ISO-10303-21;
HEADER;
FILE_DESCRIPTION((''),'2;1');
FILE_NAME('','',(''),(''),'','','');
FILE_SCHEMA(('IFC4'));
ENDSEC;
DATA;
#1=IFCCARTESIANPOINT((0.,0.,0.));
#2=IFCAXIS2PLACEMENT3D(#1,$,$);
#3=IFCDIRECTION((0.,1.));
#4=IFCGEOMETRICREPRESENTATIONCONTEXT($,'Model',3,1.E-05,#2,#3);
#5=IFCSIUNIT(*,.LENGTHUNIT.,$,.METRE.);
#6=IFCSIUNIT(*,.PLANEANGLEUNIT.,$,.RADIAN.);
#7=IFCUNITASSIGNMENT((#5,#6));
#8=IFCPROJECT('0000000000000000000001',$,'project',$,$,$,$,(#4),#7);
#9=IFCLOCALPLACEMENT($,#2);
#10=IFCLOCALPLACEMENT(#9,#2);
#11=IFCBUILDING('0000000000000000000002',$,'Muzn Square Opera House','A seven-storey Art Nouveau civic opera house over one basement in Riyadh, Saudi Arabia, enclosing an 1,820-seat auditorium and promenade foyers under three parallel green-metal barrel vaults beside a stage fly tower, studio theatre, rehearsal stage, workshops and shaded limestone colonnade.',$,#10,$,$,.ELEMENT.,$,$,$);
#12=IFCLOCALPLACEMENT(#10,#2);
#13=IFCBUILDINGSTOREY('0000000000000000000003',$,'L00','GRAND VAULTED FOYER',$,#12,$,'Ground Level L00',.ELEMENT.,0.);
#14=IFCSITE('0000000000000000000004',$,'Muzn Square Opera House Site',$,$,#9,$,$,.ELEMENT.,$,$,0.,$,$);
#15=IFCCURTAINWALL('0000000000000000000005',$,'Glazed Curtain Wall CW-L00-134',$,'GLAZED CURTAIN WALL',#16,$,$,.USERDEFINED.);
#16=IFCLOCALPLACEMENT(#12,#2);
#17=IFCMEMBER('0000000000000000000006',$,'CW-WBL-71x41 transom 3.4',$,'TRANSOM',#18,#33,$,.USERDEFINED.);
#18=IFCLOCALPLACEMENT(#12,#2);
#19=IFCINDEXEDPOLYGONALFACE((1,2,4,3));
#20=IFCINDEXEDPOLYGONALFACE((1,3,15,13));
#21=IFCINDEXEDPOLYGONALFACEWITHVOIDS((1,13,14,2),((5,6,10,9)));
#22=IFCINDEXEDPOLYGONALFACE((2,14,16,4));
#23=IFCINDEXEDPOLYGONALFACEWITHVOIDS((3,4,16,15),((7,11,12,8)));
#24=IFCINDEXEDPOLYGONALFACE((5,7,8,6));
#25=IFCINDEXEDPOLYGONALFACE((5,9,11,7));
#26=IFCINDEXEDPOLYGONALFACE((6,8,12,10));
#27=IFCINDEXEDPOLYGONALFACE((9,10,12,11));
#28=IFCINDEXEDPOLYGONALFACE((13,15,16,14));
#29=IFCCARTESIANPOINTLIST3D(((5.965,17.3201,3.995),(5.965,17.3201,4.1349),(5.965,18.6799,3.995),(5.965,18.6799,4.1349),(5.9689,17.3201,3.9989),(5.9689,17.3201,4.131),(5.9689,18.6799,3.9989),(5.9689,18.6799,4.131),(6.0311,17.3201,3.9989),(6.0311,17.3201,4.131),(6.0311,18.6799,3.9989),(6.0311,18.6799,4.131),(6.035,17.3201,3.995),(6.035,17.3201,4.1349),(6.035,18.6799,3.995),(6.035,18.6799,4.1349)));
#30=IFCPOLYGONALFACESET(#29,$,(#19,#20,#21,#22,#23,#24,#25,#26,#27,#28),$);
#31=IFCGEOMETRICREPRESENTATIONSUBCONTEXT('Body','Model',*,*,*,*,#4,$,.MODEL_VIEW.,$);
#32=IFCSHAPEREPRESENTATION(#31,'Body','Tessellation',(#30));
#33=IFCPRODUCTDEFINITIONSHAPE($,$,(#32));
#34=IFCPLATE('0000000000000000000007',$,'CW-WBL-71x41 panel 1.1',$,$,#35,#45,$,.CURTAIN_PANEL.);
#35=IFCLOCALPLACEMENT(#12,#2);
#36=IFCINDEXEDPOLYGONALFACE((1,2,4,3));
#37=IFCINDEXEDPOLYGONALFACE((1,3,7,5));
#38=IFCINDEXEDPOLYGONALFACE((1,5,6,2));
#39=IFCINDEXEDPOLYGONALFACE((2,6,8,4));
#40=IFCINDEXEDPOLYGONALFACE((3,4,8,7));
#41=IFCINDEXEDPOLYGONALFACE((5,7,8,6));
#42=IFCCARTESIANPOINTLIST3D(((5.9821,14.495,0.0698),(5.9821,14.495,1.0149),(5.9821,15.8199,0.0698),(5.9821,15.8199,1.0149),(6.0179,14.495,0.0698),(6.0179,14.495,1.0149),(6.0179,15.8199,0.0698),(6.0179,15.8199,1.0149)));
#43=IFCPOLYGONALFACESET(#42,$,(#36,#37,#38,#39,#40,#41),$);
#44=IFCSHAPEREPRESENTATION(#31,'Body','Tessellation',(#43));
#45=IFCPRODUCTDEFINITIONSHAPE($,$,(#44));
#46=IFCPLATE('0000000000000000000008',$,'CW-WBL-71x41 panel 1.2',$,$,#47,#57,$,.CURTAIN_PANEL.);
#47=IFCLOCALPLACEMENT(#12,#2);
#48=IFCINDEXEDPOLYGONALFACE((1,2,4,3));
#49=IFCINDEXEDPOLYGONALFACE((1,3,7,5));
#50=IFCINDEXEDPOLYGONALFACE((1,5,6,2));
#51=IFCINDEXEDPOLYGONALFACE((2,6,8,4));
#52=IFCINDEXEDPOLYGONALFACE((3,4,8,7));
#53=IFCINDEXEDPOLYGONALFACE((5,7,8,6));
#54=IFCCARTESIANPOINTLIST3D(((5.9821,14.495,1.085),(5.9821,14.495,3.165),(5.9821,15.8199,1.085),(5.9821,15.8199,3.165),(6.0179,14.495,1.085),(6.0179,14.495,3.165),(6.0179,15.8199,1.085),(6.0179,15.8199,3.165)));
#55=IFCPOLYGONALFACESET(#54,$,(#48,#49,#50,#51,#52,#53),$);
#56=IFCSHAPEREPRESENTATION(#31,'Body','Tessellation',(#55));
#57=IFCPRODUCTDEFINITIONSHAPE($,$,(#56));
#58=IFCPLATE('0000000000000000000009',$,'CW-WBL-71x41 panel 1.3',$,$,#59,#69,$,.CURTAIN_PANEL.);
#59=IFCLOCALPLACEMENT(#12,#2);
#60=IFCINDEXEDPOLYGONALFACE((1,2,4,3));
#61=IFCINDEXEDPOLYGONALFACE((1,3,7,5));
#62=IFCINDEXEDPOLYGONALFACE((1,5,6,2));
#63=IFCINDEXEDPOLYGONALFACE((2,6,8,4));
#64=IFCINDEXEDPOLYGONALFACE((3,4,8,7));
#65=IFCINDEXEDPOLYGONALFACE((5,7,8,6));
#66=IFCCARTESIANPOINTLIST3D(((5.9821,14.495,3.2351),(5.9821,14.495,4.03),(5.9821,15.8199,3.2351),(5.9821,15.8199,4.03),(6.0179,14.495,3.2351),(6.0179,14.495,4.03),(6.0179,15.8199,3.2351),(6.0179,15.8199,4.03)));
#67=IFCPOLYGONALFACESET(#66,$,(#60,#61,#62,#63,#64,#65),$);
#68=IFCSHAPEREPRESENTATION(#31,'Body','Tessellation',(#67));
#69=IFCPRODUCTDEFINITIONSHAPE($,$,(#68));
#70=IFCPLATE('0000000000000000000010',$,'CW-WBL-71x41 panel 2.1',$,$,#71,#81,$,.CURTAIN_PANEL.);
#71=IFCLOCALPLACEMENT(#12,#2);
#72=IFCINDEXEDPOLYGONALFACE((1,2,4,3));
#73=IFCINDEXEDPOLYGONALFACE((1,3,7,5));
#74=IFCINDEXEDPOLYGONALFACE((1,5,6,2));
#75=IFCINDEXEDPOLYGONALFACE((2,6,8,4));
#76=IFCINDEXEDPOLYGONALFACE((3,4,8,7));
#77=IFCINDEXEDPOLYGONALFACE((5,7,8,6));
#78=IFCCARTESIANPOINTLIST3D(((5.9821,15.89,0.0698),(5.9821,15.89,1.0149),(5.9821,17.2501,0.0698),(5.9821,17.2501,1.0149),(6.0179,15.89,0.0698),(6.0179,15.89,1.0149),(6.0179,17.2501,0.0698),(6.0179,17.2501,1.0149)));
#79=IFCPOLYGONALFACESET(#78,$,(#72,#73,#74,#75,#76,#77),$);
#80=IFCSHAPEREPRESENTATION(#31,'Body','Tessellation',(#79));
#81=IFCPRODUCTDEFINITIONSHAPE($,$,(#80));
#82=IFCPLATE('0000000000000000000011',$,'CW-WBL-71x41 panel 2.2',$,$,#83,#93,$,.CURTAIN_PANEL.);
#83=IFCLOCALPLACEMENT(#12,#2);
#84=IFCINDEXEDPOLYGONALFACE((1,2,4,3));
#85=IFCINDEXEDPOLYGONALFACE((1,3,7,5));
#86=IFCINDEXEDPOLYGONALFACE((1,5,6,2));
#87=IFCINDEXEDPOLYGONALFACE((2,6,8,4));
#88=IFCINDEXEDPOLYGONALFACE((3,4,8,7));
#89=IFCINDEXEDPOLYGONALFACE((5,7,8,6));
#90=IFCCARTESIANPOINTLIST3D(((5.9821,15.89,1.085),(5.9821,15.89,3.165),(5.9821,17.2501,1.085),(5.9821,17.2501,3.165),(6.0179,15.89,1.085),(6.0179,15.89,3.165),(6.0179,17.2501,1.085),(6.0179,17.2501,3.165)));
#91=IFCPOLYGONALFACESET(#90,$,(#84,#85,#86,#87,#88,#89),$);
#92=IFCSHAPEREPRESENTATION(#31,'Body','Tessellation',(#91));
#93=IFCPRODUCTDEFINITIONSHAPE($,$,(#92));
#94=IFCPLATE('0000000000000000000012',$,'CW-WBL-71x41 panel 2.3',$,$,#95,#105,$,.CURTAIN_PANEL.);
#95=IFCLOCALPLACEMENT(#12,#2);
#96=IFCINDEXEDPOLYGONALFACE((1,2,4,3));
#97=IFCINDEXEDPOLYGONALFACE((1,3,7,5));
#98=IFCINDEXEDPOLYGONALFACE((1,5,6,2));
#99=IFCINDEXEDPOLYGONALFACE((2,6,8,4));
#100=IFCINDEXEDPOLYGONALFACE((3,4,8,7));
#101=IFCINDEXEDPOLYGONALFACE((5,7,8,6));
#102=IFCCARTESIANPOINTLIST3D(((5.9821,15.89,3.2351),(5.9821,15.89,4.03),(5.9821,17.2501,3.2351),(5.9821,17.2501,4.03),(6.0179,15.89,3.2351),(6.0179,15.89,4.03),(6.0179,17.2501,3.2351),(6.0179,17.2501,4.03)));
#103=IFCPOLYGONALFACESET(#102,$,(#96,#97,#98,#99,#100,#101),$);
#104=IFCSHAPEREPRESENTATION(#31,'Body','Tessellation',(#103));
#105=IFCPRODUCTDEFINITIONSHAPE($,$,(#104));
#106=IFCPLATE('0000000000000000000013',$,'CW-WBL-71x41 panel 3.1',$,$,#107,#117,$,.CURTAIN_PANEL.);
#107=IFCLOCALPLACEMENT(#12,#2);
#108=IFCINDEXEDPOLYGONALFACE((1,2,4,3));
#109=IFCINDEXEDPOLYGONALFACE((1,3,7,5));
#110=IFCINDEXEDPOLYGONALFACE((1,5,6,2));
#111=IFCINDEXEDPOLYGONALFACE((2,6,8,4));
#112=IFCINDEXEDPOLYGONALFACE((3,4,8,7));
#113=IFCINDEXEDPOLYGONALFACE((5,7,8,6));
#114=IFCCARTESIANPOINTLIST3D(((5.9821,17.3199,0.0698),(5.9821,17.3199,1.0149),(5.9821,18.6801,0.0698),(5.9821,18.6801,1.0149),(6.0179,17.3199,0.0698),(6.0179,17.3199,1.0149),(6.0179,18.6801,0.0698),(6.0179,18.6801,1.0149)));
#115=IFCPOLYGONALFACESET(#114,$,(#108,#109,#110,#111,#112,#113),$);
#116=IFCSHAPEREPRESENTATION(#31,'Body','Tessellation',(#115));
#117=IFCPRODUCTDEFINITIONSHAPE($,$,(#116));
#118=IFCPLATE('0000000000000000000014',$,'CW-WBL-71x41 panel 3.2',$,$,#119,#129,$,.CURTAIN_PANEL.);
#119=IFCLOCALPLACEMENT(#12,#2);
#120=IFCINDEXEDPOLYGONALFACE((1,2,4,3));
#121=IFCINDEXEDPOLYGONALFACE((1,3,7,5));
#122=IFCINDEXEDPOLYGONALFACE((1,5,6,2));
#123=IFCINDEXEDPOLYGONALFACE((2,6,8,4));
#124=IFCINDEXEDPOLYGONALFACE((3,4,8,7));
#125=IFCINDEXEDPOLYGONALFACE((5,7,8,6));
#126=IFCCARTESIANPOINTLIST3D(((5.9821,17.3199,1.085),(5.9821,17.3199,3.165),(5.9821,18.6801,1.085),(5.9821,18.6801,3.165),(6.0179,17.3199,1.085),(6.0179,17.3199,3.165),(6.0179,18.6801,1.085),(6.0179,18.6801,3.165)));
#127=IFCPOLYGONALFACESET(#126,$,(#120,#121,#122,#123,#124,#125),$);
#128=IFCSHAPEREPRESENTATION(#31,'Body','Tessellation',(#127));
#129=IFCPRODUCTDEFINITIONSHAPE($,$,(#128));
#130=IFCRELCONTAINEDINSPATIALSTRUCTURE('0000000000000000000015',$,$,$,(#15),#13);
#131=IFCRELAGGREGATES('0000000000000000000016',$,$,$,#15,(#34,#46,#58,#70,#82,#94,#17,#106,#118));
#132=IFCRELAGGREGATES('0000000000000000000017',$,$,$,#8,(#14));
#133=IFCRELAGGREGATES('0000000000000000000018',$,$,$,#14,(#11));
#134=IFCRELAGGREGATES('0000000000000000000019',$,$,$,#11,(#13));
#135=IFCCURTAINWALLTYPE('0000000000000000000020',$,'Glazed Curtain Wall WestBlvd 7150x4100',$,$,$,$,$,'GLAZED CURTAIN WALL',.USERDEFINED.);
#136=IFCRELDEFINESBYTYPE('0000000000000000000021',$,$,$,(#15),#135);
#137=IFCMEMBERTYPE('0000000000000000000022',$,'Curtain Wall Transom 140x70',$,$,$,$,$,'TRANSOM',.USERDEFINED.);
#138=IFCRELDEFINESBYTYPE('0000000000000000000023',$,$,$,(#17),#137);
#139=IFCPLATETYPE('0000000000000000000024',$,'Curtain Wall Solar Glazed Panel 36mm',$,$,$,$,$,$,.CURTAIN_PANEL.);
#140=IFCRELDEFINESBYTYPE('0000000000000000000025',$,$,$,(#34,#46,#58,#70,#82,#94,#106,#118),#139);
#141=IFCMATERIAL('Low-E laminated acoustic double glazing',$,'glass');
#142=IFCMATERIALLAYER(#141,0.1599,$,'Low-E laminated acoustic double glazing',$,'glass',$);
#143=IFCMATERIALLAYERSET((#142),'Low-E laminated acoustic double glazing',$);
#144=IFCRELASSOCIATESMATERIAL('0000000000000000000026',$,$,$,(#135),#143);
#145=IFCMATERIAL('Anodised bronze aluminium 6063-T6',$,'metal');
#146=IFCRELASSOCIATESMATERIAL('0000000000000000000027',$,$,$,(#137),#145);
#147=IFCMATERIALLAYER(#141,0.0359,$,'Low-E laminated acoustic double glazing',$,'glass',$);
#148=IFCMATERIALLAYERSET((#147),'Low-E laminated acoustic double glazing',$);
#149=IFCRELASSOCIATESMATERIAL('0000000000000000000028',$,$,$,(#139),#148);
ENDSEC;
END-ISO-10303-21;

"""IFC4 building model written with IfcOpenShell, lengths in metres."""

from ifc_helpers import new_model, si_unit, direction, frame, origin, origin_2d, place, context, subcontext, project, spatial, rectangle, hollow_rectangle, extrude, material, layer, layer_set, material_profile, profile_set, type_object, element, aggregate, save


model = new_model("IFC4")

# Units and contexts
model_context = context("Model", 3, precision=1e-05, world=origin(), true_north=direction((0.0, 1.0)))
body_context = subcontext(model_context, "Body", "Model", "MODEL_VIEW")
ifc_project = project(units=[si_unit("LENGTHUNIT", "METRE"), si_unit("PLANEANGLEUNIT", "RADIAN")], contexts=[model_context])

# Site, building, storey
site_placement = place(None, origin())
site = spatial("IfcSite", under=ifc_project, at=site_placement, Name="Muzn Square Opera House Site", CompositionType="ELEMENT", RefElevation=0.0)
building_placement = place(site_placement, origin())
building = spatial("IfcBuilding", under=site, at=building_placement, Name="Muzn Square Opera House", Description="A seven-storey Art Nouveau civic opera house over one basement in Riyadh, Saudi Arabia, enclosing an 1,820-seat auditorium and promenade foyers under three parallel green-metal barrel vaults beside a stage fly tower, studio theatre, rehearsal stage, workshops and shaded limestone colonnade.", CompositionType="ELEMENT")
storey_placement = place(building_placement, origin())
storey = spatial("IfcBuildingStorey", under=building, at=storey_placement, Name="L00", Description="GRAND VAULTED FOYER", LongName="Ground Level L00", CompositionType="ELEMENT", Elevation=0.0)

# Curtain wall, member, plates
ifc_material_1 = material(Name="Low-E laminated acoustic double glazing", Category="glass")
ifc_layer_1 = layer(ifc_material_1, 0.1599, Name="Low-E laminated acoustic double glazing", Category="glass")
ifc_layer_set_1 = layer_set([ifc_layer_1], Name="Low-E laminated acoustic double glazing")
curtain_wall_type = type_object("IfcCurtainWallType", Name="Glazed Curtain Wall WestBlvd 7150x4100", ElementType="GLAZED CURTAIN WALL", PredefinedType="USERDEFINED", material=ifc_layer_set_1)
curtain_wall_placement = place(storey_placement, origin())
curtain_wall = element("IfcCurtainWall", 1, at=curtain_wall_placement, inside=storey, type_object=curtain_wall_type, Name="Glazed Curtain Wall CW-L00-134", ObjectType="GLAZED CURTAIN WALL", PredefinedType="USERDEFINED")
ifc_material_2 = material(Name="Anodised bronze aluminium 6063-T6", Category="metal")
ifc_material_profile_1 = material_profile(ifc_material_2, hollow_rectangle(XDim=0.0701, YDim=0.1399, WallThickness=0.0039, at=origin_2d()), Name="ALU 140x70x4", Category="metal")
ifc_profile_set_1 = profile_set([ifc_material_profile_1], Name="Anodised bronze aluminium 6063-T6")
member_type_1 = type_object("IfcMemberType", Name="Curtain Wall Transom 140x70", ElementType="TRANSOM", PredefinedType="USERDEFINED", material=ifc_profile_set_1)
member_1_placement = place(storey_placement, frame((6.0, 17.3201, 4.0649), z_axis=(0.0, 1.0, 0.0), x_axis=(-1.0, 0.0, 0.0)))
member_1 = element("IfcMember", 2, at=member_1_placement, type_object=member_type_1, Name="CW-WBL-71x41 transom 3.4", ObjectType="TRANSOM", PredefinedType="USERDEFINED", context=body_context, shape_type="SweptSolid", body=[
    extrude(hollow_rectangle(XDim=0.0701, YDim=0.1399, WallThickness=0.0039, at=origin_2d()), origin(), (0.0, 0.0, 1.0), 1.3599),
])
ifc_layer_2 = layer(ifc_material_1, 0.0359, Name="Low-E laminated acoustic double glazing", Category="glass")
ifc_layer_set_2 = layer_set([ifc_layer_2], Name="Low-E laminated acoustic double glazing")
plate_type = type_object("IfcPlateType", Name="Curtain Wall Solar Glazed Panel 36mm", PredefinedType="CURTAIN_PANEL", material=ifc_layer_set_2)
plate_1_placement = place(storey_placement, frame((6.0, 15.1575, 0.0698), z_axis=(0.0, 0.0, 1.0), x_axis=(0.0, 1.0, 0.0)))
plate_1 = element("IfcPlate", 3, at=plate_1_placement, type_object=plate_type, Name="CW-WBL-71x41 panel 1.1", PredefinedType="CURTAIN_PANEL", context=body_context, shape_type="SweptSolid", body=[
    extrude(rectangle(XDim=1.325, YDim=0.0359, at=origin_2d()), origin(), (0.0, 0.0, 1.0), 0.9451),
])
plate_2_placement = place(storey_placement, frame((6.0, 15.1575, 1.085), z_axis=(0.0, 0.0, 1.0), x_axis=(0.0, 1.0, 0.0)))
plate_2 = element("IfcPlate", 4, at=plate_2_placement, type_object=plate_type, Name="CW-WBL-71x41 panel 1.2", PredefinedType="CURTAIN_PANEL", context=body_context, shape_type="SweptSolid", body=[
    extrude(rectangle(XDim=1.325, YDim=0.0359, at=origin_2d()), origin(), (0.0, 0.0, 1.0), 2.0801),
])
plate_3_placement = place(storey_placement, frame((6.0, 15.1575, 3.2351), z_axis=(0.0, 0.0, 1.0), x_axis=(0.0, 1.0, 0.0)))
plate_3 = element("IfcPlate", 5, at=plate_3_placement, type_object=plate_type, Name="CW-WBL-71x41 panel 1.3", PredefinedType="CURTAIN_PANEL", context=body_context, shape_type="SweptSolid", body=[
    extrude(rectangle(XDim=1.325, YDim=0.0359, at=origin_2d()), origin(), (0.0, 0.0, 1.0), 0.7949),
])
plate_4_placement = place(storey_placement, frame((6.0, 16.5701, 0.0698), z_axis=(0.0, 0.0, 1.0), x_axis=(0.0, 1.0, 0.0)))
plate_4 = element("IfcPlate", 6, at=plate_4_placement, type_object=plate_type, Name="CW-WBL-71x41 panel 2.1", PredefinedType="CURTAIN_PANEL", context=body_context, shape_type="SweptSolid", body=[
    extrude(rectangle(XDim=1.3601, YDim=0.0359, at=origin_2d()), origin(), (0.0, 0.0, 1.0), 0.9451),
])
plate_5_placement = place(storey_placement, frame((6.0, 16.5701, 1.085), z_axis=(0.0, 0.0, 1.0), x_axis=(0.0, 1.0, 0.0)))
plate_5 = element("IfcPlate", 7, at=plate_5_placement, type_object=plate_type, Name="CW-WBL-71x41 panel 2.2", PredefinedType="CURTAIN_PANEL", context=body_context, shape_type="SweptSolid", body=[
    extrude(rectangle(XDim=1.3601, YDim=0.0359, at=origin_2d()), origin(), (0.0, 0.0, 1.0), 2.0801),
])
plate_6_placement = place(storey_placement, frame((6.0, 16.5701, 3.2351), z_axis=(0.0, 0.0, 1.0), x_axis=(0.0, 1.0, 0.0)))
plate_6 = element("IfcPlate", 8, at=plate_6_placement, type_object=plate_type, Name="CW-WBL-71x41 panel 2.3", PredefinedType="CURTAIN_PANEL", context=body_context, shape_type="SweptSolid", body=[
    extrude(rectangle(XDim=1.3601, YDim=0.0359, at=origin_2d()), origin(), (0.0, 0.0, 1.0), 0.7949),
])
plate_7_placement = place(storey_placement, frame((6.0, 18.0, 0.0698), z_axis=(0.0, 0.0, 1.0), x_axis=(0.0, 1.0, 0.0)))
plate_7 = element("IfcPlate", 9, at=plate_7_placement, type_object=plate_type, Name="CW-WBL-71x41 panel 3.1", PredefinedType="CURTAIN_PANEL", context=body_context, shape_type="SweptSolid", body=[
    extrude(rectangle(XDim=1.3601, YDim=0.0359, at=origin_2d()), origin(), (0.0, 0.0, 1.0), 0.9451),
])
plate_8_placement = place(storey_placement, frame((6.0, 18.0, 1.085), z_axis=(0.0, 0.0, 1.0), x_axis=(0.0, 1.0, 0.0)))
plate_8 = element("IfcPlate", 10, at=plate_8_placement, type_object=plate_type, Name="CW-WBL-71x41 panel 3.2", PredefinedType="CURTAIN_PANEL", context=body_context, shape_type="SweptSolid", body=[
    extrude(rectangle(XDim=1.3601, YDim=0.0359, at=origin_2d()), origin(), (0.0, 0.0, 1.0), 2.0801),
])
aggregate(curtain_wall, [plate_1, plate_2, plate_3, plate_4, plate_5, plate_6, member_1, plate_7, plate_8])

save(model, "model.ifc")
